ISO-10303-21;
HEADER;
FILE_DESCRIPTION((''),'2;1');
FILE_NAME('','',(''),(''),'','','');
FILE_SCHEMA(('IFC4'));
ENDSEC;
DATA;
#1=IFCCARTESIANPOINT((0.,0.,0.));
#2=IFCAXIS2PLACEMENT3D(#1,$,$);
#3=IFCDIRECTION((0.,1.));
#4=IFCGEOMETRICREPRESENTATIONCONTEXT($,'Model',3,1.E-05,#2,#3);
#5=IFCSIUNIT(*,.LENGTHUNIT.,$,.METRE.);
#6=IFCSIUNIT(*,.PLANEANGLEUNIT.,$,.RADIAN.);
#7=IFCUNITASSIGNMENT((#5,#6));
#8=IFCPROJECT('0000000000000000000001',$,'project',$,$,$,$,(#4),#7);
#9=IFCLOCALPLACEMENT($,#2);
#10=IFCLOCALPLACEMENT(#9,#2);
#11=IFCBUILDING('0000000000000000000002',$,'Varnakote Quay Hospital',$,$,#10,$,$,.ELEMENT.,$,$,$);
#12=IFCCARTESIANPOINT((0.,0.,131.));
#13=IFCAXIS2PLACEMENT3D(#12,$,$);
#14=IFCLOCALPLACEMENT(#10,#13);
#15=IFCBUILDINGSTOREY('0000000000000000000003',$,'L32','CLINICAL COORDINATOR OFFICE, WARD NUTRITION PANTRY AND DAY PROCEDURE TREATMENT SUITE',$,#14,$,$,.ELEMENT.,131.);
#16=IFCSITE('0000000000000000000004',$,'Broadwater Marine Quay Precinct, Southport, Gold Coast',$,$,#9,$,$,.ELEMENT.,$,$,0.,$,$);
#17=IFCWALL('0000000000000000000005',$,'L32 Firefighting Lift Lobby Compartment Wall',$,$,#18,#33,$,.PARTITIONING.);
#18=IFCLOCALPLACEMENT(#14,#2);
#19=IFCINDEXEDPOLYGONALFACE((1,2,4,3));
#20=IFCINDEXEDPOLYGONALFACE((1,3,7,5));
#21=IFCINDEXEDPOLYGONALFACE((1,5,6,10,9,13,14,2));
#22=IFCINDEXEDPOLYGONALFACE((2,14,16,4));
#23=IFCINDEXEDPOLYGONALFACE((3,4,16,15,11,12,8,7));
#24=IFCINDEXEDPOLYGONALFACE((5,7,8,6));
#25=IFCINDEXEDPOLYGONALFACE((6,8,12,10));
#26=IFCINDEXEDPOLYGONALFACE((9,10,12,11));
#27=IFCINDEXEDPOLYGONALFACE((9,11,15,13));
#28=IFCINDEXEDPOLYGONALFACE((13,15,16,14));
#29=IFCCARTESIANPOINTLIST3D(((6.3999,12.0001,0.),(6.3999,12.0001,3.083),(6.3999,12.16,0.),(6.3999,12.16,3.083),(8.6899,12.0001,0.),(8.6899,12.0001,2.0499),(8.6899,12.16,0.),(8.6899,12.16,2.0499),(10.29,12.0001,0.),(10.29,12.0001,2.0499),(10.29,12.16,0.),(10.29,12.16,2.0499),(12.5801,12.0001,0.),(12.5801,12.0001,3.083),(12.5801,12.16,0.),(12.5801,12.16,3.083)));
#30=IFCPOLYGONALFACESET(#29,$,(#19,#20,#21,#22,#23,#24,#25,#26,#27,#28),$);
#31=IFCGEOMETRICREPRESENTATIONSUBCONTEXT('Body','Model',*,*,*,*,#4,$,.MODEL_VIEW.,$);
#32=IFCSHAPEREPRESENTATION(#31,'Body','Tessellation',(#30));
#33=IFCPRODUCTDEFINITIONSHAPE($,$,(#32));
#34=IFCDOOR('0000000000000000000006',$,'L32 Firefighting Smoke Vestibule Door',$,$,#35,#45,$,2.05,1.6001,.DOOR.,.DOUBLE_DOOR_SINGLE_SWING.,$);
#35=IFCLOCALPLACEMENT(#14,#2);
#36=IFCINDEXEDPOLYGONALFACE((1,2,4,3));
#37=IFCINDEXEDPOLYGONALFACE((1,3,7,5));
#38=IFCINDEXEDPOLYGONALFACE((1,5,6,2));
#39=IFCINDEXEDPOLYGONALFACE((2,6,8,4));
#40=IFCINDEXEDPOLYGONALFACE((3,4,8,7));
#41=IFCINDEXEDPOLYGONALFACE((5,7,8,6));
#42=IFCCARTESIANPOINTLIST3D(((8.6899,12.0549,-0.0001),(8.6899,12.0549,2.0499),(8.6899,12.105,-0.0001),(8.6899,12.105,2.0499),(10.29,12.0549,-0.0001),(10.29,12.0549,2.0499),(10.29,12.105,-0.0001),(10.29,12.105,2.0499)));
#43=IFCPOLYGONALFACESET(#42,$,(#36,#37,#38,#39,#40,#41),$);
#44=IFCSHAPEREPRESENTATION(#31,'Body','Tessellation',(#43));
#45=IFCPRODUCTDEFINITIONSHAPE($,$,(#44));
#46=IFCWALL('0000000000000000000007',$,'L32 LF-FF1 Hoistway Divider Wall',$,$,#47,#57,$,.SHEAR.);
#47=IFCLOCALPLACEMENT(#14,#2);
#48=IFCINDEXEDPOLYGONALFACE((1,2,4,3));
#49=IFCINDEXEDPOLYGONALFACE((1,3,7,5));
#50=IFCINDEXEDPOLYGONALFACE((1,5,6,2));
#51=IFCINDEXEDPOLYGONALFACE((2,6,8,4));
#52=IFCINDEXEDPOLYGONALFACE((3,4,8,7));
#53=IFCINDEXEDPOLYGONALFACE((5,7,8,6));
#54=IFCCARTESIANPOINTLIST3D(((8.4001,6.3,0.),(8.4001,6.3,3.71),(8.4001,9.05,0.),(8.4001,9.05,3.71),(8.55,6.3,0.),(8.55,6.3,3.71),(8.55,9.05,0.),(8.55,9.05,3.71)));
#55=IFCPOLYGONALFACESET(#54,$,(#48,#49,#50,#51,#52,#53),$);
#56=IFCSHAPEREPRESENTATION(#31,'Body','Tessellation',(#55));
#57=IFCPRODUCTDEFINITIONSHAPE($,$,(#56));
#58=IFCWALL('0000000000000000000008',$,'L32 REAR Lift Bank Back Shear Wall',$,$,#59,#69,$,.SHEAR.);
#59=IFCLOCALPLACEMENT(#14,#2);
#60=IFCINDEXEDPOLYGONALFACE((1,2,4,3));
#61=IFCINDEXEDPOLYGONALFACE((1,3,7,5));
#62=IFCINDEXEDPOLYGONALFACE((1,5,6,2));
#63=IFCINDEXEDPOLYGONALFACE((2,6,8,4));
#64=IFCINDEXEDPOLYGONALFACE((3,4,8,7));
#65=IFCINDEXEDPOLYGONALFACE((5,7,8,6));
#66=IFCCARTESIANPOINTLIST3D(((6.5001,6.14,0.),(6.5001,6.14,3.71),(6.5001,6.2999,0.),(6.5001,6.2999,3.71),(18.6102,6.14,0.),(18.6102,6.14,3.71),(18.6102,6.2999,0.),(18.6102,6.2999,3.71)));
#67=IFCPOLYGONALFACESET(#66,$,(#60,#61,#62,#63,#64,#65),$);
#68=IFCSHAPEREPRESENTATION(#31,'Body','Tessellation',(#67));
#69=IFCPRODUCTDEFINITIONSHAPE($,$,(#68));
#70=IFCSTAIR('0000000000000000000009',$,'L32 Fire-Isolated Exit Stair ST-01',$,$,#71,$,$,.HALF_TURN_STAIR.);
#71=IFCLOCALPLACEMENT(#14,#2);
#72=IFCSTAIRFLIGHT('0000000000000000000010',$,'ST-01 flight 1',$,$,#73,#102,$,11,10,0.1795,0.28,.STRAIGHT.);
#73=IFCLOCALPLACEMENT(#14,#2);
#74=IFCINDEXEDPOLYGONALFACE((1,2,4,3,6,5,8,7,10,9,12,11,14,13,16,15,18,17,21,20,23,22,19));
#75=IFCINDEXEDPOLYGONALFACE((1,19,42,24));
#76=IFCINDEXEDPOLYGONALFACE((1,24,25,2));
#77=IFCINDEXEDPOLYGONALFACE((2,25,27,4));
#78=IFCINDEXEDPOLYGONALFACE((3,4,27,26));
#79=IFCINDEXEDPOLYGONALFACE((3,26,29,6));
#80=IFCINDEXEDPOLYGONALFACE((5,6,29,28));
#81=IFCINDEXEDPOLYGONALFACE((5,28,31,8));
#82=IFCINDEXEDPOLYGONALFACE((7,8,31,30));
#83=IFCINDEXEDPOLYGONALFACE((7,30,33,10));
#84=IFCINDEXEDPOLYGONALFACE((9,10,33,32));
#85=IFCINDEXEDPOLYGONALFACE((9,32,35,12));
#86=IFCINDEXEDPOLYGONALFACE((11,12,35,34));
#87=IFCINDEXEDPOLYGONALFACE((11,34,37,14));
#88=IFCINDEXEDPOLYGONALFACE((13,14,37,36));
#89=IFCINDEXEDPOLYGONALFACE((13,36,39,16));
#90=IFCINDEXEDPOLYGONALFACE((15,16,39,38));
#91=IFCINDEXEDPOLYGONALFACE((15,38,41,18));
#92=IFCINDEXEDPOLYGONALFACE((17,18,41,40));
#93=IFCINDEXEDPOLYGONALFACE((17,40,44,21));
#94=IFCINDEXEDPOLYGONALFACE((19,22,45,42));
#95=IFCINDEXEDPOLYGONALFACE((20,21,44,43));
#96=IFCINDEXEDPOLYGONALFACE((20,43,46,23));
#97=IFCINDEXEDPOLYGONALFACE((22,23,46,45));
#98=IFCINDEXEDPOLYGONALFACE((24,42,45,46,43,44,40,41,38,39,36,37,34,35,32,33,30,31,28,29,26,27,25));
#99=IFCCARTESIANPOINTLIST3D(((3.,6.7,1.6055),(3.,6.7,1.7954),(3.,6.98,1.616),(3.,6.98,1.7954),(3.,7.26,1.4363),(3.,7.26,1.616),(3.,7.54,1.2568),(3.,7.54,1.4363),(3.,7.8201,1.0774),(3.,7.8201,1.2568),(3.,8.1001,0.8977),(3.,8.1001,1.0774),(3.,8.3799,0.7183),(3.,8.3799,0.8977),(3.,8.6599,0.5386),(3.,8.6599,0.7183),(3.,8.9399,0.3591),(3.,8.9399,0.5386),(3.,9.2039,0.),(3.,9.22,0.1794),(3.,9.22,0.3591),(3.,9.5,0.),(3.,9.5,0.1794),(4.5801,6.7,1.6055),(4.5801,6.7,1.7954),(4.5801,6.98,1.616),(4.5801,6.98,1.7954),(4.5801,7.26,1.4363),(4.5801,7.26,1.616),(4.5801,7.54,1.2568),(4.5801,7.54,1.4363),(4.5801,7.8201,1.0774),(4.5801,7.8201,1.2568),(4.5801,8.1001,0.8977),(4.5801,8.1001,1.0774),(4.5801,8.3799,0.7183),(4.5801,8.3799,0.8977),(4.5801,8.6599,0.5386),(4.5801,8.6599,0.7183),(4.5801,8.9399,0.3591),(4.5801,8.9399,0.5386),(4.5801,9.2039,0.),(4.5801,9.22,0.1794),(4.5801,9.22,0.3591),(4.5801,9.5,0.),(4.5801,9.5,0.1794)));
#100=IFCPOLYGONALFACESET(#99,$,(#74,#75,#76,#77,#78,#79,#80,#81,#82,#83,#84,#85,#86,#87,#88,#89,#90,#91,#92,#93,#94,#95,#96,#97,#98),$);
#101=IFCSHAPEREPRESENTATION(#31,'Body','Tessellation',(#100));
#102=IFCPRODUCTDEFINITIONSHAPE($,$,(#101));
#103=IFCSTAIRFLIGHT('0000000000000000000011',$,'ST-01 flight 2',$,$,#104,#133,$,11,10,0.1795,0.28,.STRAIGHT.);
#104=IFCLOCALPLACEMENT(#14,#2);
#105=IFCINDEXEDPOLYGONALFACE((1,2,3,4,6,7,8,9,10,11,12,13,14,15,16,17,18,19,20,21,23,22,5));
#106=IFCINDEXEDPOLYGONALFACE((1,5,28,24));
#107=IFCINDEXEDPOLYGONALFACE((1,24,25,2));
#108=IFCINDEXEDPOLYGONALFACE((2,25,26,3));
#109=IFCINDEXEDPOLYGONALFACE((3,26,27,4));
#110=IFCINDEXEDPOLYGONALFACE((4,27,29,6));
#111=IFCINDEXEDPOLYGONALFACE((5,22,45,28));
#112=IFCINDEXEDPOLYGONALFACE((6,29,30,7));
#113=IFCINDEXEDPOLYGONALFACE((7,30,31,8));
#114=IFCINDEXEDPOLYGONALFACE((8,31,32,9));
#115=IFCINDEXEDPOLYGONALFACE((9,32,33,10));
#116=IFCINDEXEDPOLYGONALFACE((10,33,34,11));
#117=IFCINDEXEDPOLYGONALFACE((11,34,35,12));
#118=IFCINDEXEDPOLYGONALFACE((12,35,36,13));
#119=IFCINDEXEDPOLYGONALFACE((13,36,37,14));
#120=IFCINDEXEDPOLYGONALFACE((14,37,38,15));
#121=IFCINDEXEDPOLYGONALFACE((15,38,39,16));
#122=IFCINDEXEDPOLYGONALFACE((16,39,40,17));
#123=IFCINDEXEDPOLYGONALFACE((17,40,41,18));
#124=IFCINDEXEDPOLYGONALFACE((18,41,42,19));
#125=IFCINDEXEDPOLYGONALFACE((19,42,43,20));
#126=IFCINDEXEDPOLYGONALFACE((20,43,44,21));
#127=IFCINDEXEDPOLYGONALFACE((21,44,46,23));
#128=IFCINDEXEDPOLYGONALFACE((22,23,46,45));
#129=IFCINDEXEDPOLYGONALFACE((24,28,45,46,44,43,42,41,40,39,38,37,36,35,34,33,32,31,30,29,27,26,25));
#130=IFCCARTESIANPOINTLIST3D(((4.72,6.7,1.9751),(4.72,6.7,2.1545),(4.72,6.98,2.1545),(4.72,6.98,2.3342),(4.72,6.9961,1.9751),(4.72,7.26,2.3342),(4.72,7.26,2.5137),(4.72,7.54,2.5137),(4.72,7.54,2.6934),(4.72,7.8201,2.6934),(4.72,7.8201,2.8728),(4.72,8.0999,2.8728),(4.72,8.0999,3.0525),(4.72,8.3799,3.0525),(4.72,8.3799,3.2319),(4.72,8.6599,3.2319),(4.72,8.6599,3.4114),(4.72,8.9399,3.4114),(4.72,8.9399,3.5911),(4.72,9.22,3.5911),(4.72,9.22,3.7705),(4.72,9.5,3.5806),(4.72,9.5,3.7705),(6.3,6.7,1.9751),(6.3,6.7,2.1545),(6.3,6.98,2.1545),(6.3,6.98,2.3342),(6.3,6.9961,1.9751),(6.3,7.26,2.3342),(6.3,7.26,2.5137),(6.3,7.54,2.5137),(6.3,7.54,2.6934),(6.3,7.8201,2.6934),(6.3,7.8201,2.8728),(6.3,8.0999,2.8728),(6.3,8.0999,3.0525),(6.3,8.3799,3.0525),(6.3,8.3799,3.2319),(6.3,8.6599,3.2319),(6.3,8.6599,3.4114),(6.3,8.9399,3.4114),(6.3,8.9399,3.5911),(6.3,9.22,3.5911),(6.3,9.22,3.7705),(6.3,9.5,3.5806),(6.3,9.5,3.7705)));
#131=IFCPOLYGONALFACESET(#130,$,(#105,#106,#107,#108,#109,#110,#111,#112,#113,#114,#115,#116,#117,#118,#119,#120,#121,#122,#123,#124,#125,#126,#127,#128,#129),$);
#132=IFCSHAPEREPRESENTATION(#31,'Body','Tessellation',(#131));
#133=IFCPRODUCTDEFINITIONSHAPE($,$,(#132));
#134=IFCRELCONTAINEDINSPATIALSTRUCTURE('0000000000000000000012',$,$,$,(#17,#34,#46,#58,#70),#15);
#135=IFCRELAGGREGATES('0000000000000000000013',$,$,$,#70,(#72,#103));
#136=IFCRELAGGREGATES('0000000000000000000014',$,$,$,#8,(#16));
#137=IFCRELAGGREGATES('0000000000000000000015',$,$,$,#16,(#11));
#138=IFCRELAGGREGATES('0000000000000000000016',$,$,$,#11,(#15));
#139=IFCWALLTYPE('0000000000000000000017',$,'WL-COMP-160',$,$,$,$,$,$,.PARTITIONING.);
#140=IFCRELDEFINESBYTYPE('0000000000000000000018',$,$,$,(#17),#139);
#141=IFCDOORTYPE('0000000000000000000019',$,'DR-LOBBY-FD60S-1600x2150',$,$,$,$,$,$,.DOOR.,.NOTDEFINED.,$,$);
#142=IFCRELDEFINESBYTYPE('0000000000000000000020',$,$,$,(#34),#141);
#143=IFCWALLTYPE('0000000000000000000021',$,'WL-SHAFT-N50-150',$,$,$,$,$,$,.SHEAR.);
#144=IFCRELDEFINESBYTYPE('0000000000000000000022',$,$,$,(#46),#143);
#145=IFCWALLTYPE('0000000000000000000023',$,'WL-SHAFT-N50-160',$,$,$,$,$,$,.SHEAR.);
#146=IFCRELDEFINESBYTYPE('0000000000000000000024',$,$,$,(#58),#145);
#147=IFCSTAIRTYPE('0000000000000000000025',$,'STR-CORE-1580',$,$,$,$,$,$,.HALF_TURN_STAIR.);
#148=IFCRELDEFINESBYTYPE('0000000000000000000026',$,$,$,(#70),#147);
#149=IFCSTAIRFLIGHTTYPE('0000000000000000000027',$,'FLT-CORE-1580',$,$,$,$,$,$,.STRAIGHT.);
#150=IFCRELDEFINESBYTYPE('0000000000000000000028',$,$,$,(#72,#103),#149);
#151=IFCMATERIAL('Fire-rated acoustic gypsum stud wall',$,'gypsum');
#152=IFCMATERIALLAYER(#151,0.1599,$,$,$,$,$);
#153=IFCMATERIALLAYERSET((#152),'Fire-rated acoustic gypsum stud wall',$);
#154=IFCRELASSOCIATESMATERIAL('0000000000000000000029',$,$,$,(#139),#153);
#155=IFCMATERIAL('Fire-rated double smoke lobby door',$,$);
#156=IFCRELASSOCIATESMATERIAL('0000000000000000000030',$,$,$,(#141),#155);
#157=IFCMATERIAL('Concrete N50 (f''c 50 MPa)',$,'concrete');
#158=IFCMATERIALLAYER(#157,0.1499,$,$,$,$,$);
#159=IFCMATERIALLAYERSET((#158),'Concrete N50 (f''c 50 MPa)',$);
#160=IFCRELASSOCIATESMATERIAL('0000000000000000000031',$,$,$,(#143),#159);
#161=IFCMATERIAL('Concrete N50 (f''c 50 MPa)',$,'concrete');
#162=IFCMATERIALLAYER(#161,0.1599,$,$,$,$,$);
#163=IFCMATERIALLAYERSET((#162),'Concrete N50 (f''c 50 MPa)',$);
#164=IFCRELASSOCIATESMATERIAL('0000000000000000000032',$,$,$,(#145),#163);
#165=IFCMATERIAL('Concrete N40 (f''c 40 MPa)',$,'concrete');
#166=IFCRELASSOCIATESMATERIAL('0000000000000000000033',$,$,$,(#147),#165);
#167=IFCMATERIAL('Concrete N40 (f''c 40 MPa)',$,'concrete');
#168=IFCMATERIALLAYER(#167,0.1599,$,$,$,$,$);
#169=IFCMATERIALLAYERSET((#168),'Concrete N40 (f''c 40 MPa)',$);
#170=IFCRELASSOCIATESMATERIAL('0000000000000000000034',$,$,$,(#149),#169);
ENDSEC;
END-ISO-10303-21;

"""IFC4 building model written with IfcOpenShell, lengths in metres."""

from ifc_helpers import new_model, si_unit, direction, frame, frame_2d, origin, place, context, subcontext, project, spatial, polyline, rectangle, outline, extrude, material, layer, layer_set, type_object, element, fill, aggregate, save


model = new_model("IFC4")

# Units and contexts
model_context = context("Model", 3, precision=1e-05, world=origin(), true_north=direction((0.0, 1.0)))
body_context = subcontext(model_context, "Body", "Model", "MODEL_VIEW")
ifc_project = project(units=[si_unit("LENGTHUNIT", "METRE"), si_unit("PLANEANGLEUNIT", "RADIAN")], contexts=[model_context])

# Site, building, storey
site_placement = place(None, origin())
site = spatial("IfcSite", under=ifc_project, at=site_placement, Name="Broadwater Marine Quay Precinct, Southport, Gold Coast", CompositionType="ELEMENT", RefElevation=0.0)
building_placement = place(site_placement, origin())
building = spatial("IfcBuilding", under=site, at=building_placement, Name="Varnakote Quay Hospital", CompositionType="ELEMENT")
storey_placement = place(building_placement, frame((0.0, 0.0, 131.0)))
storey = spatial("IfcBuildingStorey", under=building, at=storey_placement, Name="L32", Description="CLINICAL COORDINATOR OFFICE, WARD NUTRITION PANTRY AND DAY PROCEDURE TREATMENT SUITE", CompositionType="ELEMENT", Elevation=131.0)

# Shared definitions
ifc_material_1 = material(Name="Fire-rated acoustic gypsum stud wall", Category="gypsum")
ifc_layer_1 = layer(ifc_material_1, 0.1599)
ifc_layer_set_1 = layer_set([ifc_layer_1], Name="Fire-rated acoustic gypsum stud wall")
wall_type_1 = type_object("IfcWallType", Name="WL-COMP-160", PredefinedType="PARTITIONING", material=ifc_layer_set_1)

# Shared definitions
ifc_material_2 = material(Name="Fire-rated double smoke lobby door")
door_type_1 = type_object("IfcDoorType", Name="DR-LOBBY-FD60S-1600x2150", OperationType="NOTDEFINED", PredefinedType="DOOR", material=ifc_material_2)

# Wall, opening, door
wall_1_placement = place(storey_placement, frame((6.3999, 12.0801, 0.0), z_axis=(0.0, 0.0, 1.0), x_axis=(1.0, 0.0, 0.0)))
wall_1 = element("IfcWall", 1, at=wall_1_placement, inside=storey, type_object=wall_type_1, Name="L32 Firefighting Lift Lobby Compartment Wall", PredefinedType="PARTITIONING", context=body_context, shape_type="SweptSolid", body=[
    extrude(rectangle(XDim=6.1802, YDim=0.1599, at=frame_2d((3.0901, 0.0))), origin(), (0.0, 0.0, 1.0), 3.083),
])
opening_1_placement = place(wall_1_placement, frame((2.29, 0.0, 0.0)))
opening_1 = element("IfcOpeningElement", 2, at=opening_1_placement, cuts=wall_1, PredefinedType="OPENING", context=body_context, shape_type="SweptSolid", body=[
    extrude(rectangle(XDim=1.6001, YDim=2.05, at=frame_2d((0.8, 1.0249))), frame((0.0, 0.0898, 0.0), z_axis=(0.0, -1.0, 0.0), x_axis=(1.0, 0.0, 0.0)), (0.0, 0.0, 1.0), 0.1799),
])
door_1_placement = place(opening_1_placement, origin())
door_1 = element("IfcDoor", 3, at=door_1_placement, inside=storey, type_object=door_type_1, Name="L32 Firefighting Smoke Vestibule Door", OperationType="DOUBLE_DOOR_SINGLE_SWING", OverallHeight=2.05, OverallWidth=1.6001, PredefinedType="DOOR", context=body_context, shape_type="SweptSolid", body=[
    extrude(rectangle(XDim=1.6001, YDim=2.05, at=frame_2d((0.8, 1.0249))), frame((0.0, 0.0249, 0.0), z_axis=(0.0, -1.0, 0.0), x_axis=(1.0, 0.0, 0.0)), (0.0, 0.0, 1.0), 0.05),
])
fill(opening_1, door_1)

# Walls
ifc_material_3 = material(Name="Concrete N50 (f'c 50 MPa)", Category="concrete")
ifc_layer_2 = layer(ifc_material_3, 0.1499)
ifc_layer_set_2 = layer_set([ifc_layer_2], Name="Concrete N50 (f'c 50 MPa)")
wall_type_2 = type_object("IfcWallType", Name="WL-SHAFT-N50-150", PredefinedType="SHEAR", material=ifc_layer_set_2)
wall_2_placement = place(storey_placement, frame((8.4751, 6.3, 0.0), z_axis=(0.0, 0.0, 1.0), x_axis=(0.0, 1.0, 0.0)))
element("IfcWall", 4, at=wall_2_placement, inside=storey, type_object=wall_type_2, Name="L32 LF-FF1 Hoistway Divider Wall", PredefinedType="SHEAR", context=body_context, shape_type="SweptSolid", body=[
    extrude(rectangle(XDim=2.75, YDim=0.1499, at=frame_2d((1.375, 0.0))), origin(), (0.0, 0.0, 1.0), 3.71),
])
ifc_material_4 = material(Name="Concrete N50 (f'c 50 MPa)", Category="concrete")
ifc_layer_3 = layer(ifc_material_4, 0.1599)
ifc_layer_set_3 = layer_set([ifc_layer_3], Name="Concrete N50 (f'c 50 MPa)")
wall_type_3 = type_object("IfcWallType", Name="WL-SHAFT-N50-160", PredefinedType="SHEAR", material=ifc_layer_set_3)
wall_3_placement = place(storey_placement, frame((6.5, 6.22, 0.0), z_axis=(0.0, 0.0, 1.0), x_axis=(1.0, 0.0, 0.0)))
element("IfcWall", 5, at=wall_3_placement, inside=storey, type_object=wall_type_3, Name="L32 REAR Lift Bank Back Shear Wall", PredefinedType="SHEAR", context=body_context, shape_type="SweptSolid", body=[
    extrude(rectangle(XDim=12.1101, YDim=0.1599, at=frame_2d((6.0552, 0.0))), origin(), (0.0, 0.0, 1.0), 3.71),
])

# Stair, stair flights
ifc_material_5 = material(Name="Concrete N40 (f'c 40 MPa)", Category="concrete")
stair_type = type_object("IfcStairType", Name="STR-CORE-1580", PredefinedType="HALF_TURN_STAIR", material=ifc_material_5)
stair_placement = place(storey_placement, origin())
stair = element("IfcStair", 6, at=stair_placement, inside=storey, type_object=stair_type, Name="L32 Fire-Isolated Exit Stair ST-01", PredefinedType="HALF_TURN_STAIR")
ifc_material_6 = material(Name="Concrete N40 (f'c 40 MPa)", Category="concrete")
ifc_layer_4 = layer(ifc_material_6, 0.1599)
ifc_layer_set_4 = layer_set([ifc_layer_4], Name="Concrete N40 (f'c 40 MPa)")
stair_flight_type = type_object("IfcStairFlightType", Name="FLT-CORE-1580", PredefinedType="STRAIGHT", material=ifc_layer_set_4)
stair_flight_1_placement = place(storey_placement, frame((3.79, 9.5, 0.0), z_axis=(0.0, 0.0, 1.0), x_axis=(0.0, -1.0, 0.0)))
stair_flight_1 = element("IfcStairFlight", 7, at=stair_flight_1_placement, type_object=stair_flight_type, Name="ST-01 flight 1", NumberOfRisers=11, NumberOfTreads=10, PredefinedType="STRAIGHT", RiserHeight=0.1795, TreadLength=0.28, context=body_context, shape_type="SweptSolid", body=[
    extrude(outline(polyline([(0.0, 0.0), (0.0, 0.1794), (0.28, 0.1794), (0.28, 0.3591), (0.5601, 0.3591), (0.5601, 0.5386), (0.8401, 0.5386), (0.8401, 0.7183), (1.1201, 0.7183), (1.1201, 0.8977), (1.3999, 0.8977), (1.3999, 1.0774), (1.6799, 1.0774), (1.6799, 1.2568), (1.96, 1.2568), (1.96, 1.4363), (2.24, 1.4363), (2.24, 1.616), (2.52, 1.616), (2.52, 1.7954), (2.8, 1.7954), (2.8, 1.9751), (2.8, 1.6055), (0.2961, 0.0), (0.0, 0.0)])), frame((0.0, 0.79, 0.0), z_axis=(0.0, -1.0, 0.0), x_axis=(1.0, 0.0, 0.0)), (0.0, 0.0, 1.0), 1.5801),
])
stair_flight_2_placement = place(storey_placement, frame((5.51, 6.7, 1.9751), z_axis=(0.0, 0.0, 1.0), x_axis=(0.0, 1.0, 0.0)))
stair_flight_2 = element("IfcStairFlight", 8, at=stair_flight_2_placement, type_object=stair_flight_type, Name="ST-01 flight 2", NumberOfRisers=11, NumberOfTreads=10, PredefinedType="STRAIGHT", RiserHeight=0.1795, TreadLength=0.28, context=body_context, shape_type="SweptSolid", body=[
    extrude(outline(polyline([(0.0, 0.0), (0.0, 0.1794), (0.28, 0.1794), (0.28, 0.3591), (0.5601, 0.3591), (0.5601, 0.5386), (0.8401, 0.5386), (0.8401, 0.7183), (1.1201, 0.7183), (1.1201, 0.8977), (1.3999, 0.8977), (1.3999, 1.0774), (1.6799, 1.0774), (1.6799, 1.2568), (1.96, 1.2568), (1.96, 1.4363), (2.24, 1.4363), (2.24, 1.616), (2.52, 1.616), (2.52, 1.7954), (2.8, 1.7954), (2.8, 1.9751), (2.8, 1.6055), (0.2961, 0.0), (0.0, 0.0)])), frame((0.0, 0.79, 0.0), z_axis=(0.0, -1.0, 0.0), x_axis=(1.0, 0.0, 0.0)), (0.0, 0.0, 1.0), 1.5801),
])
aggregate(stair, [stair_flight_1, stair_flight_2])

save(model, "model.ifc")
